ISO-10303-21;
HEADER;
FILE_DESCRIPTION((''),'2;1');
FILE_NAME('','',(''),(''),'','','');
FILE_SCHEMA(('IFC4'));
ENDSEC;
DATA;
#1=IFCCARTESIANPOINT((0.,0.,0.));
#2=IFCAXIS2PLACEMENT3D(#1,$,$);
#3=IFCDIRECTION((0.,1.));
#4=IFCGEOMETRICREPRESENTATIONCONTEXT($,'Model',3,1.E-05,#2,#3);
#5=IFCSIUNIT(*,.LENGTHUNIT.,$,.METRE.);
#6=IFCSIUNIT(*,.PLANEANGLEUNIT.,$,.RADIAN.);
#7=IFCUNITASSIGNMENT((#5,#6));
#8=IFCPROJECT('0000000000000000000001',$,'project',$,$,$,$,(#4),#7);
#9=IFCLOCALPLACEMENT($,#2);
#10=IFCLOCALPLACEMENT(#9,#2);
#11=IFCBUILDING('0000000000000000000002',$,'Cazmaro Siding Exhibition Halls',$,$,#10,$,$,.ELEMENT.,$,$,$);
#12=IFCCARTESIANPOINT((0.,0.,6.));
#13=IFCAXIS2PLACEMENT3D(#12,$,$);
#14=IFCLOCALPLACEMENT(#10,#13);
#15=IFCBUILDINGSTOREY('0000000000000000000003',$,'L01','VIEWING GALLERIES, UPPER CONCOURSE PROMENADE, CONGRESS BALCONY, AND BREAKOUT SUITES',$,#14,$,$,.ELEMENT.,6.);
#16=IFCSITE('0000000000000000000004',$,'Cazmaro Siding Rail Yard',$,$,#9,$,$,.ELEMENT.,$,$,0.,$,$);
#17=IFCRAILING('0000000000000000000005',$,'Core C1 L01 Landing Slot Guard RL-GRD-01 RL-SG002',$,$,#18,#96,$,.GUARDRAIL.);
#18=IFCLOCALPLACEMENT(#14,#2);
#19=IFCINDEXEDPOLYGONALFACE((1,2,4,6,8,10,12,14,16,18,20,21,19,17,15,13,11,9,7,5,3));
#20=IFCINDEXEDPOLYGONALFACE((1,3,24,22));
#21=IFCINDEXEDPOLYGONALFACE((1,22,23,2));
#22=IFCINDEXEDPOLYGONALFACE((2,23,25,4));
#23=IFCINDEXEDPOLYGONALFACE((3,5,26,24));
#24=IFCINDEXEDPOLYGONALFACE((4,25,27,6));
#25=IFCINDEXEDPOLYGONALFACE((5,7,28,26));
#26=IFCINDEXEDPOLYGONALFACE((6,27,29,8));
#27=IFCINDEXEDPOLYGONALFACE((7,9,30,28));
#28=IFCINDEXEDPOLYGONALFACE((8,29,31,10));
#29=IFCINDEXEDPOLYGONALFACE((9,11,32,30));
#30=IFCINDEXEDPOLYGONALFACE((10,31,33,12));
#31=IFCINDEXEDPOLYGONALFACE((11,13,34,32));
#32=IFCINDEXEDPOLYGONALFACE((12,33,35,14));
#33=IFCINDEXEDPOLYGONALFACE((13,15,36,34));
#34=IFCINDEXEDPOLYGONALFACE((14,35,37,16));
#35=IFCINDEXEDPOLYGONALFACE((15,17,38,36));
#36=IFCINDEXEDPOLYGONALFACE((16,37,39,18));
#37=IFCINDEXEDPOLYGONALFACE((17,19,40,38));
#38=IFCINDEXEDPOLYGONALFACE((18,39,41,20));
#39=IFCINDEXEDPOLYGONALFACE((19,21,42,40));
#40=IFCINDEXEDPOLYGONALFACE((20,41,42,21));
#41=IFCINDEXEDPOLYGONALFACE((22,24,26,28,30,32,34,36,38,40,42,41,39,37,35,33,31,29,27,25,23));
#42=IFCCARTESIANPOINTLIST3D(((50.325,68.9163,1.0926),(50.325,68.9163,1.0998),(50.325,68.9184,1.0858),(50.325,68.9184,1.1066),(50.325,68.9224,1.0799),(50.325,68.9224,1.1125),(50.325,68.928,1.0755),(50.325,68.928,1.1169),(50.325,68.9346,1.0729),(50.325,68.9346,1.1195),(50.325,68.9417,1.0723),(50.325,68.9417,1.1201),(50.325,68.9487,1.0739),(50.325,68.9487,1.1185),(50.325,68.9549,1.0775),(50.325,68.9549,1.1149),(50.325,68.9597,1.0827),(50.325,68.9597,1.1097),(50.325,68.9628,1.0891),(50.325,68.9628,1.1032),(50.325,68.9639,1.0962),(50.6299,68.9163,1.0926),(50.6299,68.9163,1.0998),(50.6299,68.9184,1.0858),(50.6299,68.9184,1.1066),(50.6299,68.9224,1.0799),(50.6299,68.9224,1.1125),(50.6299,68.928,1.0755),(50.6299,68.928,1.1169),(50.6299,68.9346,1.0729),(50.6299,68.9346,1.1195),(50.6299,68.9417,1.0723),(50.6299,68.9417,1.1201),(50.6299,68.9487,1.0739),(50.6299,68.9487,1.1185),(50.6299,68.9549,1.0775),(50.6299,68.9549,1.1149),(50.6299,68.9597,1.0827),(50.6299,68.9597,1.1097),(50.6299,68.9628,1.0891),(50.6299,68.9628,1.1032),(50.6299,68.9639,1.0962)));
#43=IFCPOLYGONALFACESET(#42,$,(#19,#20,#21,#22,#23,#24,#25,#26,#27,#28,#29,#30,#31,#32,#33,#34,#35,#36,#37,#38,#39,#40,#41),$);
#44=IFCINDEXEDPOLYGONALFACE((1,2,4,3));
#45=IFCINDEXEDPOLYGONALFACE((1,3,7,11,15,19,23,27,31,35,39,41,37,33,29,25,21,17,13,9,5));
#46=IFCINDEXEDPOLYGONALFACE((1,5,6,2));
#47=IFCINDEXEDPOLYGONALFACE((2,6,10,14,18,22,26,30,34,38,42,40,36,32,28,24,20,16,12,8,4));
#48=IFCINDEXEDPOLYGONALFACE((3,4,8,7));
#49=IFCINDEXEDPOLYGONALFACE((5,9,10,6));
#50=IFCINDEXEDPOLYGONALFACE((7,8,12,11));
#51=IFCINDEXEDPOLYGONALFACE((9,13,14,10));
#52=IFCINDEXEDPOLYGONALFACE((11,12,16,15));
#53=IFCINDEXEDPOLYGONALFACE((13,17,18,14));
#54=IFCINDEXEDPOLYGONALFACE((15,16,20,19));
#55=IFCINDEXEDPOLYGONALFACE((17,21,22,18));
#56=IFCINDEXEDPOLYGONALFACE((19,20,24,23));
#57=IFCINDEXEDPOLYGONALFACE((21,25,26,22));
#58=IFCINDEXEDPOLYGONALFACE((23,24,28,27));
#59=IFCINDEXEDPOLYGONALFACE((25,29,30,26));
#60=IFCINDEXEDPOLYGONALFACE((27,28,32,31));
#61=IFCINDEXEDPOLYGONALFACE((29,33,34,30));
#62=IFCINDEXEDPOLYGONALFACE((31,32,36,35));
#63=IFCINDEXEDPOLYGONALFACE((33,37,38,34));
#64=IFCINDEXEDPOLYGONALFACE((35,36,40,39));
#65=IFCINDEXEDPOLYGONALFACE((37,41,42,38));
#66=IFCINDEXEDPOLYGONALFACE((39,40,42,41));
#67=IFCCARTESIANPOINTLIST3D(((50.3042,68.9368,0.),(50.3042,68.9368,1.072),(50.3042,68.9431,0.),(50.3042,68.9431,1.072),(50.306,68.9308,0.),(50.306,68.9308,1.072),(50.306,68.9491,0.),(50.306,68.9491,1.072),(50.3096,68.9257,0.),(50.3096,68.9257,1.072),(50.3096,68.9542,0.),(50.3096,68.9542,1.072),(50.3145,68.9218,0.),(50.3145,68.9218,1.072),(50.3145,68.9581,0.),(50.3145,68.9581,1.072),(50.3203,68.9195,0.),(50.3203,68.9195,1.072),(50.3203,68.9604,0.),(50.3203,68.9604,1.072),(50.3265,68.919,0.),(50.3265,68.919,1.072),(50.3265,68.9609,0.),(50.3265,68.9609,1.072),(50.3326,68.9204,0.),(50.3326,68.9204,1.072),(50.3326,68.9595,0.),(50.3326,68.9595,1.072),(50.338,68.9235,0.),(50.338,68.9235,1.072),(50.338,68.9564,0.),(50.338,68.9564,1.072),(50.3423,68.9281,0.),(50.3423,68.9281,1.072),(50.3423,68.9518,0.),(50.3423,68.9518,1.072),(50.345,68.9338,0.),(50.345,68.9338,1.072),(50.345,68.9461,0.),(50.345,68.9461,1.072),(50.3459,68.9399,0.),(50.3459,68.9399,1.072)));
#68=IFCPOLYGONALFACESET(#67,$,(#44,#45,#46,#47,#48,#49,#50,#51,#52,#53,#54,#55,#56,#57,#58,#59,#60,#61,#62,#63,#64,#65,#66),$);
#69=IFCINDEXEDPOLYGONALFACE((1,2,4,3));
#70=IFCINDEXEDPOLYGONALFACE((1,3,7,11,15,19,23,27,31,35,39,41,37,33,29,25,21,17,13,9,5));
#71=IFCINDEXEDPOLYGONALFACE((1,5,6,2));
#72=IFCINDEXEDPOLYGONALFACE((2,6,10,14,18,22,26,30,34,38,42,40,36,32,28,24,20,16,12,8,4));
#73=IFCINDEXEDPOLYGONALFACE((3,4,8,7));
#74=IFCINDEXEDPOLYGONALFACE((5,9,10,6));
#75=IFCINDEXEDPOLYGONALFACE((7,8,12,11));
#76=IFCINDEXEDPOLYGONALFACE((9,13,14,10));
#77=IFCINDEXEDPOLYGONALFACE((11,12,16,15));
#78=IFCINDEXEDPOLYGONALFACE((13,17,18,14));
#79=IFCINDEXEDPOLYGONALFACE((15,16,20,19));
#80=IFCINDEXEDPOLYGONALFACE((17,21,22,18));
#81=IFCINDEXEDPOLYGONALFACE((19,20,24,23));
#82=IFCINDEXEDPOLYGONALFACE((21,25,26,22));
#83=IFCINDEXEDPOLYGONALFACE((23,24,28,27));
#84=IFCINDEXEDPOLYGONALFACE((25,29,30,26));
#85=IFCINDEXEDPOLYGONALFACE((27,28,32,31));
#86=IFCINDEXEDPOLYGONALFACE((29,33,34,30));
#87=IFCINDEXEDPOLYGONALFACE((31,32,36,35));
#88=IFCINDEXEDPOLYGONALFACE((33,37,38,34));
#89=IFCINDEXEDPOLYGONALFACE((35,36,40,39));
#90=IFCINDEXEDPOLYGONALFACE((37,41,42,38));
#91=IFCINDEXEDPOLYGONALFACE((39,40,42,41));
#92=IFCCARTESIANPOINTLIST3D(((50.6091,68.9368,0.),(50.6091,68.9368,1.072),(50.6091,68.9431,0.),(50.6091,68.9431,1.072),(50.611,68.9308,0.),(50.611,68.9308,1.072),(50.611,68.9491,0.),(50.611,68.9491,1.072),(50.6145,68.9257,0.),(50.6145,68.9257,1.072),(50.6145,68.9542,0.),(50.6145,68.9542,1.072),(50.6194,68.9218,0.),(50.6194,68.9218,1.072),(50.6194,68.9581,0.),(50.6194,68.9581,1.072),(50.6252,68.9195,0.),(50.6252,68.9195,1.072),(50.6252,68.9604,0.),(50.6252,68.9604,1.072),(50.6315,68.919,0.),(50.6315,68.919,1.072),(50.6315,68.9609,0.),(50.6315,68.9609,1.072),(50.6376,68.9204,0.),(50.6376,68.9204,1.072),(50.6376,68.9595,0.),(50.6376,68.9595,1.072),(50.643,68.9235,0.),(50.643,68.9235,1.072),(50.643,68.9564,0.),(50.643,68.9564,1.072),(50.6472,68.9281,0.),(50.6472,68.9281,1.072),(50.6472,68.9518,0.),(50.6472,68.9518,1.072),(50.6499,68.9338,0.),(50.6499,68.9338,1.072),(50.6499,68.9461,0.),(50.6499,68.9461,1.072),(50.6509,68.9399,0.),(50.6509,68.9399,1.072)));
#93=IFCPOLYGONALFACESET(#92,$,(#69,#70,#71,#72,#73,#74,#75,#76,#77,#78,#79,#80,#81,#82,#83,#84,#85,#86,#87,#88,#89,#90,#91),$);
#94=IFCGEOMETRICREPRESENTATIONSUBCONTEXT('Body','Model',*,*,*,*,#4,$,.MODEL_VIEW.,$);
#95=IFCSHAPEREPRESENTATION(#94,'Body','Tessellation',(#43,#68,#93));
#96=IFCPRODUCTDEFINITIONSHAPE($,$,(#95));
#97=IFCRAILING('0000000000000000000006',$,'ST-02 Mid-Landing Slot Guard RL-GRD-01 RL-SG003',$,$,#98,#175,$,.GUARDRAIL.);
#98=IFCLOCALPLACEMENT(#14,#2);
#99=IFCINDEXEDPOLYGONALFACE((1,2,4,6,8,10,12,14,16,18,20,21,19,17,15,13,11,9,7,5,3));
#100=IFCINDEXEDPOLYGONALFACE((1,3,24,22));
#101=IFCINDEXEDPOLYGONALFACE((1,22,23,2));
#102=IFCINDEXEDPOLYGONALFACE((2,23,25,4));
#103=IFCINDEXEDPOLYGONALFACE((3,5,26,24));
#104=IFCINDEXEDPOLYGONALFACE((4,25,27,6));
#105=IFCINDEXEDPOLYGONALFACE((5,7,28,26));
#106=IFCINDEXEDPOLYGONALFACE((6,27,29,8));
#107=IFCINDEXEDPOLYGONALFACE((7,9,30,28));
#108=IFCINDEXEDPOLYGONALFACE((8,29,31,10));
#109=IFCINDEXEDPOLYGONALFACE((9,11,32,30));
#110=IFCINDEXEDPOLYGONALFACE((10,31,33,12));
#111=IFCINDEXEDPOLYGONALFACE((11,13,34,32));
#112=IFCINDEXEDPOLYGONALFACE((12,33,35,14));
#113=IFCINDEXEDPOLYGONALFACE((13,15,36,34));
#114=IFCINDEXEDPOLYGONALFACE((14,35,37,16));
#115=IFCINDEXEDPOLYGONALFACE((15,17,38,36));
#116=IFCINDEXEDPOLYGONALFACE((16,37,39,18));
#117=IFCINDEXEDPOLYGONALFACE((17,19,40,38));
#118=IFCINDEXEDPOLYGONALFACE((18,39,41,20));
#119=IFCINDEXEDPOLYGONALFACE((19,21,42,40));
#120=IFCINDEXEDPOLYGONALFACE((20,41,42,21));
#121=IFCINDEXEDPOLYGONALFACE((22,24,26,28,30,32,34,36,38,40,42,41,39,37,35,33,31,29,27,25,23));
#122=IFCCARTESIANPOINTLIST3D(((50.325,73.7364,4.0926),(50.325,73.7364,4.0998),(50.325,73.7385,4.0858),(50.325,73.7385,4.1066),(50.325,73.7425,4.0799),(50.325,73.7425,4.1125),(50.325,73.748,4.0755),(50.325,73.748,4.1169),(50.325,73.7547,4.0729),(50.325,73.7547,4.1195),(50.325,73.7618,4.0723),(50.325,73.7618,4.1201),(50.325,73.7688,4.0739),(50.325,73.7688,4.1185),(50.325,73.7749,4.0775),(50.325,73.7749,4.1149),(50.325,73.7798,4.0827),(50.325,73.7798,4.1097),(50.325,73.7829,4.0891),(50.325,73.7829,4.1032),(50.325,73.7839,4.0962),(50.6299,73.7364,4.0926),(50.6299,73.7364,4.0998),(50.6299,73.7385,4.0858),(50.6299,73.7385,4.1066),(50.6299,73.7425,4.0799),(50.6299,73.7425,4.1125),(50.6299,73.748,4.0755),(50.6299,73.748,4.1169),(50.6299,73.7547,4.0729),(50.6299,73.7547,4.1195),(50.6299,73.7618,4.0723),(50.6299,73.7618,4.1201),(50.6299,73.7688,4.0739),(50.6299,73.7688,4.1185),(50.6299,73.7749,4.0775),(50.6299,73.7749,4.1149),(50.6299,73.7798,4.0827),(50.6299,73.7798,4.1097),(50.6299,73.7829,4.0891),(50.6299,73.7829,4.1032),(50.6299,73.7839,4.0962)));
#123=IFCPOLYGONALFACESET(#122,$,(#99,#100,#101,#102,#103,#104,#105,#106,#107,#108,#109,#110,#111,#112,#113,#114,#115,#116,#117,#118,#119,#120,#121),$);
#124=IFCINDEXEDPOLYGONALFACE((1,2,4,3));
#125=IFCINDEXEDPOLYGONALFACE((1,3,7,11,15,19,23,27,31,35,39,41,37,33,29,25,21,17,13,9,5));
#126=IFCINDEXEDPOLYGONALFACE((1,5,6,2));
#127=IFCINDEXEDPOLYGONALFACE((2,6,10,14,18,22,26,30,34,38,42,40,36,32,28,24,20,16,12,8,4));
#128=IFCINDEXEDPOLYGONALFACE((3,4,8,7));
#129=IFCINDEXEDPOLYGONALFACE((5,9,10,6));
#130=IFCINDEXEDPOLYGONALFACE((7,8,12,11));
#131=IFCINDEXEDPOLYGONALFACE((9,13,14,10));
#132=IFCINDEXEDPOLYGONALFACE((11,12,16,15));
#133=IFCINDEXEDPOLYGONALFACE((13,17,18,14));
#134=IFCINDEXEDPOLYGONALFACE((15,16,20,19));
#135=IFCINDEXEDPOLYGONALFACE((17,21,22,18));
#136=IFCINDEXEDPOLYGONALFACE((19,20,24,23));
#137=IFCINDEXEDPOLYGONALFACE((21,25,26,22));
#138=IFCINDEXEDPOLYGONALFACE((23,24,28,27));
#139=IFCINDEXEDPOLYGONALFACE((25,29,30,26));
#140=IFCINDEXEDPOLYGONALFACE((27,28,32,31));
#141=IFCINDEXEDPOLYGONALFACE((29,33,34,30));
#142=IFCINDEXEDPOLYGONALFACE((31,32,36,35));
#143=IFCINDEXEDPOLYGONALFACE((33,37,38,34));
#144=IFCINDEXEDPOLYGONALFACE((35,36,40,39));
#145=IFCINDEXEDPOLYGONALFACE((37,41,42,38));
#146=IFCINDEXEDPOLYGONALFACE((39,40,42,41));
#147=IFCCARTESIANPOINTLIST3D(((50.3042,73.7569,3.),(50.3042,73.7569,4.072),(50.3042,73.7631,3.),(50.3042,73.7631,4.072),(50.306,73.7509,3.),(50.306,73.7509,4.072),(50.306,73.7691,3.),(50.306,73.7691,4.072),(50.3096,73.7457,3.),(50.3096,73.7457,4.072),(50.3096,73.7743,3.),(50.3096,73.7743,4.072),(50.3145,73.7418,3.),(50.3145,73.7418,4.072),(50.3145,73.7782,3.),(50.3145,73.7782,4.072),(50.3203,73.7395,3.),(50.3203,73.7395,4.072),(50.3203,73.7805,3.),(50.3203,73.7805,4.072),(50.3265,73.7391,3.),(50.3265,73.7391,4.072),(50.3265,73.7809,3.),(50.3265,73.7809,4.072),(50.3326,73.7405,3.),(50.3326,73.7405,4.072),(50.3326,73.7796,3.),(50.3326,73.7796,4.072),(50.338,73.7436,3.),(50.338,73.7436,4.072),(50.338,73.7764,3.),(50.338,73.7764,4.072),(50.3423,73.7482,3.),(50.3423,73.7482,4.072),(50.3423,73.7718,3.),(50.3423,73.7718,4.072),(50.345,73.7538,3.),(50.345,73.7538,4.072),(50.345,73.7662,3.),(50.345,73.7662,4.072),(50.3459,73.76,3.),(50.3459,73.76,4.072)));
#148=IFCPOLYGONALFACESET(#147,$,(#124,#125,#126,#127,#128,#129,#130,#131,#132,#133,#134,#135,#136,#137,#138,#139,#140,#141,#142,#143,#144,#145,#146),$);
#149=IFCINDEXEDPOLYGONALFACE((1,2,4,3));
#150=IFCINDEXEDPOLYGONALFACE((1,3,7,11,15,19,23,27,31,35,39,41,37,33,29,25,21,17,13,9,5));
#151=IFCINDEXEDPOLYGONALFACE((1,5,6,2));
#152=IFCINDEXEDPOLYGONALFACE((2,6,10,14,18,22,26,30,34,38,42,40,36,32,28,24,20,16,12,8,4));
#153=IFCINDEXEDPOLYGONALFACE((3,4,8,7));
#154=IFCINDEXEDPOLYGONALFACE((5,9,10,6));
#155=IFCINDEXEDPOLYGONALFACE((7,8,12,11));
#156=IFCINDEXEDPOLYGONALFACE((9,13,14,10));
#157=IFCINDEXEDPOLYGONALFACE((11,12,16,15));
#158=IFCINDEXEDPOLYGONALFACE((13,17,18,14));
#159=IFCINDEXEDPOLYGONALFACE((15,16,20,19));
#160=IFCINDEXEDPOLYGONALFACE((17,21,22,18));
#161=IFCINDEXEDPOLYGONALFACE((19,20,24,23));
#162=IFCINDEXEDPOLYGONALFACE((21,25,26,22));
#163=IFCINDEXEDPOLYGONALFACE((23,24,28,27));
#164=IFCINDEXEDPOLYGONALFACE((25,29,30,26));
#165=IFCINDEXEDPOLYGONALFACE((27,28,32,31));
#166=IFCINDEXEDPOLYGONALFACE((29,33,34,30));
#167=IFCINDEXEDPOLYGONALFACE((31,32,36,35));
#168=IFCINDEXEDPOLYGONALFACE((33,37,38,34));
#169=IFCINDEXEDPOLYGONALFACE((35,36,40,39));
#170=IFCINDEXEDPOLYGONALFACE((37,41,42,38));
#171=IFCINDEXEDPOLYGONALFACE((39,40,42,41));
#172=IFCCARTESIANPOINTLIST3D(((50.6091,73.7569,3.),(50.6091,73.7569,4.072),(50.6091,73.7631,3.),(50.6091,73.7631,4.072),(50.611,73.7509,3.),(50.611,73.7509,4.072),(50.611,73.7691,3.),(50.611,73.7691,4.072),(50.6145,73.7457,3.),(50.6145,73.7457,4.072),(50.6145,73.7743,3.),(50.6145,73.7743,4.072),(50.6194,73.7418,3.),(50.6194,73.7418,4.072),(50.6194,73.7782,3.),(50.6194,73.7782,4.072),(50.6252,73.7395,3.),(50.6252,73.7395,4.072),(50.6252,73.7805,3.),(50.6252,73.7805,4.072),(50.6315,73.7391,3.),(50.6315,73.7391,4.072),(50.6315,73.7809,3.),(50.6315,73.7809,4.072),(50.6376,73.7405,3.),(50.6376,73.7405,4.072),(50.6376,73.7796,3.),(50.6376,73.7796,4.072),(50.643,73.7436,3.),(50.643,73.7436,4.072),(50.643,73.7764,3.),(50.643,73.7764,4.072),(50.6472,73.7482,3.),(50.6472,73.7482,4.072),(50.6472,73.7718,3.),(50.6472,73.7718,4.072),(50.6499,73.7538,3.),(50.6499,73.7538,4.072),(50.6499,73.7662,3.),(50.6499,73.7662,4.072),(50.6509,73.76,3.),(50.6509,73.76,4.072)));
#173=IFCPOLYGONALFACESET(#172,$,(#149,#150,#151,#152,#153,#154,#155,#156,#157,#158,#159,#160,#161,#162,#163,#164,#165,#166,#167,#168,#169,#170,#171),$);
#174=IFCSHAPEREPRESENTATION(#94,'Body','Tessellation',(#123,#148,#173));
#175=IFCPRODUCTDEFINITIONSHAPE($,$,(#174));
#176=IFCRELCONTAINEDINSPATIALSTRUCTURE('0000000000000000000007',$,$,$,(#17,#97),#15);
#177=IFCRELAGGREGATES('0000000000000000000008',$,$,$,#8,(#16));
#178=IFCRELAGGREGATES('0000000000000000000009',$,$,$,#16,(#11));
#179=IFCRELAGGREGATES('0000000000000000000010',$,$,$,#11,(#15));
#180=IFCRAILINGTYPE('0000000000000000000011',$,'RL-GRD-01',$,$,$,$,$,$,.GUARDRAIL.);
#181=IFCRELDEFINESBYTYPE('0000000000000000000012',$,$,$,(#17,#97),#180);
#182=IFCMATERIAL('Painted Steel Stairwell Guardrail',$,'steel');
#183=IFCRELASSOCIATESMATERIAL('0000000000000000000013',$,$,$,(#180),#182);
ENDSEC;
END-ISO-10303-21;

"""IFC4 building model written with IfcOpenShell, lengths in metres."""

from ifc_helpers import new_model, si_unit, direction, frame, origin, origin_2d, place, context, subcontext, project, spatial, circle, extrude, material, type_object, element, save


model = new_model("IFC4")

# Units and contexts
model_context = context("Model", 3, precision=1e-05, world=origin(), true_north=direction((0.0, 1.0)))
body_context = subcontext(model_context, "Body", "Model", "MODEL_VIEW")
ifc_project = project(units=[si_unit("LENGTHUNIT", "METRE"), si_unit("PLANEANGLEUNIT", "RADIAN")], contexts=[model_context])

# Site, building, storey
site_placement = place(None, origin())
site = spatial("IfcSite", under=ifc_project, at=site_placement, Name="Cazmaro Siding Rail Yard", CompositionType="ELEMENT", RefElevation=0.0)
building_placement = place(site_placement, origin())
building = spatial("IfcBuilding", under=site, at=building_placement, Name="Cazmaro Siding Exhibition Halls", CompositionType="ELEMENT")
storey_placement = place(building_placement, frame((0.0, 0.0, 6.0)))
storey = spatial("IfcBuildingStorey", under=building, at=storey_placement, Name="L01", Description="VIEWING GALLERIES, UPPER CONCOURSE PROMENADE, CONGRESS BALCONY, AND BREAKOUT SUITES", CompositionType="ELEMENT", Elevation=6.0)

# Railings
ifc_material_1 = material(Name="Painted Steel Stairwell Guardrail", Category="steel")
railing_type_1 = type_object("IfcRailingType", Name="RL-GRD-01", PredefinedType="GUARDRAIL", material=ifc_material_1)
for number, where, name in (
    (1, (50.325, 68.9399, 0.0), "Core C1 L01 Landing Slot Guard RL-GRD-01 RL-SG002"),
    (2, (50.325, 73.76, 3.0), "ST-02 Mid-Landing Slot Guard RL-GRD-01 RL-SG003"),
):
    element("IfcRailing", number, at=place(storey_placement, frame(where)), inside=storey, type_object=railing_type_1, Name=name, PredefinedType="GUARDRAIL", context=body_context, shape_type="SweptSolid", body=[
        extrude(circle(Radius=0.0239, at=origin_2d()), frame((0.0, 0.0, 1.0962), z_axis=(1.0, 0.0, 0.0), x_axis=(0.0, 1.0, 0.0)), (0.0, 0.0, 1.0), 0.3049),
        extrude(circle(Radius=0.021, at=origin_2d()), origin(), (0.0, 0.0, 1.0), 1.072),
        extrude(circle(Radius=0.021, at=origin_2d()), frame((0.3049, 0.0, 0.0)), (0.0, 0.0, 1.0), 1.072),
    ])

save(model, "model.ifc")
